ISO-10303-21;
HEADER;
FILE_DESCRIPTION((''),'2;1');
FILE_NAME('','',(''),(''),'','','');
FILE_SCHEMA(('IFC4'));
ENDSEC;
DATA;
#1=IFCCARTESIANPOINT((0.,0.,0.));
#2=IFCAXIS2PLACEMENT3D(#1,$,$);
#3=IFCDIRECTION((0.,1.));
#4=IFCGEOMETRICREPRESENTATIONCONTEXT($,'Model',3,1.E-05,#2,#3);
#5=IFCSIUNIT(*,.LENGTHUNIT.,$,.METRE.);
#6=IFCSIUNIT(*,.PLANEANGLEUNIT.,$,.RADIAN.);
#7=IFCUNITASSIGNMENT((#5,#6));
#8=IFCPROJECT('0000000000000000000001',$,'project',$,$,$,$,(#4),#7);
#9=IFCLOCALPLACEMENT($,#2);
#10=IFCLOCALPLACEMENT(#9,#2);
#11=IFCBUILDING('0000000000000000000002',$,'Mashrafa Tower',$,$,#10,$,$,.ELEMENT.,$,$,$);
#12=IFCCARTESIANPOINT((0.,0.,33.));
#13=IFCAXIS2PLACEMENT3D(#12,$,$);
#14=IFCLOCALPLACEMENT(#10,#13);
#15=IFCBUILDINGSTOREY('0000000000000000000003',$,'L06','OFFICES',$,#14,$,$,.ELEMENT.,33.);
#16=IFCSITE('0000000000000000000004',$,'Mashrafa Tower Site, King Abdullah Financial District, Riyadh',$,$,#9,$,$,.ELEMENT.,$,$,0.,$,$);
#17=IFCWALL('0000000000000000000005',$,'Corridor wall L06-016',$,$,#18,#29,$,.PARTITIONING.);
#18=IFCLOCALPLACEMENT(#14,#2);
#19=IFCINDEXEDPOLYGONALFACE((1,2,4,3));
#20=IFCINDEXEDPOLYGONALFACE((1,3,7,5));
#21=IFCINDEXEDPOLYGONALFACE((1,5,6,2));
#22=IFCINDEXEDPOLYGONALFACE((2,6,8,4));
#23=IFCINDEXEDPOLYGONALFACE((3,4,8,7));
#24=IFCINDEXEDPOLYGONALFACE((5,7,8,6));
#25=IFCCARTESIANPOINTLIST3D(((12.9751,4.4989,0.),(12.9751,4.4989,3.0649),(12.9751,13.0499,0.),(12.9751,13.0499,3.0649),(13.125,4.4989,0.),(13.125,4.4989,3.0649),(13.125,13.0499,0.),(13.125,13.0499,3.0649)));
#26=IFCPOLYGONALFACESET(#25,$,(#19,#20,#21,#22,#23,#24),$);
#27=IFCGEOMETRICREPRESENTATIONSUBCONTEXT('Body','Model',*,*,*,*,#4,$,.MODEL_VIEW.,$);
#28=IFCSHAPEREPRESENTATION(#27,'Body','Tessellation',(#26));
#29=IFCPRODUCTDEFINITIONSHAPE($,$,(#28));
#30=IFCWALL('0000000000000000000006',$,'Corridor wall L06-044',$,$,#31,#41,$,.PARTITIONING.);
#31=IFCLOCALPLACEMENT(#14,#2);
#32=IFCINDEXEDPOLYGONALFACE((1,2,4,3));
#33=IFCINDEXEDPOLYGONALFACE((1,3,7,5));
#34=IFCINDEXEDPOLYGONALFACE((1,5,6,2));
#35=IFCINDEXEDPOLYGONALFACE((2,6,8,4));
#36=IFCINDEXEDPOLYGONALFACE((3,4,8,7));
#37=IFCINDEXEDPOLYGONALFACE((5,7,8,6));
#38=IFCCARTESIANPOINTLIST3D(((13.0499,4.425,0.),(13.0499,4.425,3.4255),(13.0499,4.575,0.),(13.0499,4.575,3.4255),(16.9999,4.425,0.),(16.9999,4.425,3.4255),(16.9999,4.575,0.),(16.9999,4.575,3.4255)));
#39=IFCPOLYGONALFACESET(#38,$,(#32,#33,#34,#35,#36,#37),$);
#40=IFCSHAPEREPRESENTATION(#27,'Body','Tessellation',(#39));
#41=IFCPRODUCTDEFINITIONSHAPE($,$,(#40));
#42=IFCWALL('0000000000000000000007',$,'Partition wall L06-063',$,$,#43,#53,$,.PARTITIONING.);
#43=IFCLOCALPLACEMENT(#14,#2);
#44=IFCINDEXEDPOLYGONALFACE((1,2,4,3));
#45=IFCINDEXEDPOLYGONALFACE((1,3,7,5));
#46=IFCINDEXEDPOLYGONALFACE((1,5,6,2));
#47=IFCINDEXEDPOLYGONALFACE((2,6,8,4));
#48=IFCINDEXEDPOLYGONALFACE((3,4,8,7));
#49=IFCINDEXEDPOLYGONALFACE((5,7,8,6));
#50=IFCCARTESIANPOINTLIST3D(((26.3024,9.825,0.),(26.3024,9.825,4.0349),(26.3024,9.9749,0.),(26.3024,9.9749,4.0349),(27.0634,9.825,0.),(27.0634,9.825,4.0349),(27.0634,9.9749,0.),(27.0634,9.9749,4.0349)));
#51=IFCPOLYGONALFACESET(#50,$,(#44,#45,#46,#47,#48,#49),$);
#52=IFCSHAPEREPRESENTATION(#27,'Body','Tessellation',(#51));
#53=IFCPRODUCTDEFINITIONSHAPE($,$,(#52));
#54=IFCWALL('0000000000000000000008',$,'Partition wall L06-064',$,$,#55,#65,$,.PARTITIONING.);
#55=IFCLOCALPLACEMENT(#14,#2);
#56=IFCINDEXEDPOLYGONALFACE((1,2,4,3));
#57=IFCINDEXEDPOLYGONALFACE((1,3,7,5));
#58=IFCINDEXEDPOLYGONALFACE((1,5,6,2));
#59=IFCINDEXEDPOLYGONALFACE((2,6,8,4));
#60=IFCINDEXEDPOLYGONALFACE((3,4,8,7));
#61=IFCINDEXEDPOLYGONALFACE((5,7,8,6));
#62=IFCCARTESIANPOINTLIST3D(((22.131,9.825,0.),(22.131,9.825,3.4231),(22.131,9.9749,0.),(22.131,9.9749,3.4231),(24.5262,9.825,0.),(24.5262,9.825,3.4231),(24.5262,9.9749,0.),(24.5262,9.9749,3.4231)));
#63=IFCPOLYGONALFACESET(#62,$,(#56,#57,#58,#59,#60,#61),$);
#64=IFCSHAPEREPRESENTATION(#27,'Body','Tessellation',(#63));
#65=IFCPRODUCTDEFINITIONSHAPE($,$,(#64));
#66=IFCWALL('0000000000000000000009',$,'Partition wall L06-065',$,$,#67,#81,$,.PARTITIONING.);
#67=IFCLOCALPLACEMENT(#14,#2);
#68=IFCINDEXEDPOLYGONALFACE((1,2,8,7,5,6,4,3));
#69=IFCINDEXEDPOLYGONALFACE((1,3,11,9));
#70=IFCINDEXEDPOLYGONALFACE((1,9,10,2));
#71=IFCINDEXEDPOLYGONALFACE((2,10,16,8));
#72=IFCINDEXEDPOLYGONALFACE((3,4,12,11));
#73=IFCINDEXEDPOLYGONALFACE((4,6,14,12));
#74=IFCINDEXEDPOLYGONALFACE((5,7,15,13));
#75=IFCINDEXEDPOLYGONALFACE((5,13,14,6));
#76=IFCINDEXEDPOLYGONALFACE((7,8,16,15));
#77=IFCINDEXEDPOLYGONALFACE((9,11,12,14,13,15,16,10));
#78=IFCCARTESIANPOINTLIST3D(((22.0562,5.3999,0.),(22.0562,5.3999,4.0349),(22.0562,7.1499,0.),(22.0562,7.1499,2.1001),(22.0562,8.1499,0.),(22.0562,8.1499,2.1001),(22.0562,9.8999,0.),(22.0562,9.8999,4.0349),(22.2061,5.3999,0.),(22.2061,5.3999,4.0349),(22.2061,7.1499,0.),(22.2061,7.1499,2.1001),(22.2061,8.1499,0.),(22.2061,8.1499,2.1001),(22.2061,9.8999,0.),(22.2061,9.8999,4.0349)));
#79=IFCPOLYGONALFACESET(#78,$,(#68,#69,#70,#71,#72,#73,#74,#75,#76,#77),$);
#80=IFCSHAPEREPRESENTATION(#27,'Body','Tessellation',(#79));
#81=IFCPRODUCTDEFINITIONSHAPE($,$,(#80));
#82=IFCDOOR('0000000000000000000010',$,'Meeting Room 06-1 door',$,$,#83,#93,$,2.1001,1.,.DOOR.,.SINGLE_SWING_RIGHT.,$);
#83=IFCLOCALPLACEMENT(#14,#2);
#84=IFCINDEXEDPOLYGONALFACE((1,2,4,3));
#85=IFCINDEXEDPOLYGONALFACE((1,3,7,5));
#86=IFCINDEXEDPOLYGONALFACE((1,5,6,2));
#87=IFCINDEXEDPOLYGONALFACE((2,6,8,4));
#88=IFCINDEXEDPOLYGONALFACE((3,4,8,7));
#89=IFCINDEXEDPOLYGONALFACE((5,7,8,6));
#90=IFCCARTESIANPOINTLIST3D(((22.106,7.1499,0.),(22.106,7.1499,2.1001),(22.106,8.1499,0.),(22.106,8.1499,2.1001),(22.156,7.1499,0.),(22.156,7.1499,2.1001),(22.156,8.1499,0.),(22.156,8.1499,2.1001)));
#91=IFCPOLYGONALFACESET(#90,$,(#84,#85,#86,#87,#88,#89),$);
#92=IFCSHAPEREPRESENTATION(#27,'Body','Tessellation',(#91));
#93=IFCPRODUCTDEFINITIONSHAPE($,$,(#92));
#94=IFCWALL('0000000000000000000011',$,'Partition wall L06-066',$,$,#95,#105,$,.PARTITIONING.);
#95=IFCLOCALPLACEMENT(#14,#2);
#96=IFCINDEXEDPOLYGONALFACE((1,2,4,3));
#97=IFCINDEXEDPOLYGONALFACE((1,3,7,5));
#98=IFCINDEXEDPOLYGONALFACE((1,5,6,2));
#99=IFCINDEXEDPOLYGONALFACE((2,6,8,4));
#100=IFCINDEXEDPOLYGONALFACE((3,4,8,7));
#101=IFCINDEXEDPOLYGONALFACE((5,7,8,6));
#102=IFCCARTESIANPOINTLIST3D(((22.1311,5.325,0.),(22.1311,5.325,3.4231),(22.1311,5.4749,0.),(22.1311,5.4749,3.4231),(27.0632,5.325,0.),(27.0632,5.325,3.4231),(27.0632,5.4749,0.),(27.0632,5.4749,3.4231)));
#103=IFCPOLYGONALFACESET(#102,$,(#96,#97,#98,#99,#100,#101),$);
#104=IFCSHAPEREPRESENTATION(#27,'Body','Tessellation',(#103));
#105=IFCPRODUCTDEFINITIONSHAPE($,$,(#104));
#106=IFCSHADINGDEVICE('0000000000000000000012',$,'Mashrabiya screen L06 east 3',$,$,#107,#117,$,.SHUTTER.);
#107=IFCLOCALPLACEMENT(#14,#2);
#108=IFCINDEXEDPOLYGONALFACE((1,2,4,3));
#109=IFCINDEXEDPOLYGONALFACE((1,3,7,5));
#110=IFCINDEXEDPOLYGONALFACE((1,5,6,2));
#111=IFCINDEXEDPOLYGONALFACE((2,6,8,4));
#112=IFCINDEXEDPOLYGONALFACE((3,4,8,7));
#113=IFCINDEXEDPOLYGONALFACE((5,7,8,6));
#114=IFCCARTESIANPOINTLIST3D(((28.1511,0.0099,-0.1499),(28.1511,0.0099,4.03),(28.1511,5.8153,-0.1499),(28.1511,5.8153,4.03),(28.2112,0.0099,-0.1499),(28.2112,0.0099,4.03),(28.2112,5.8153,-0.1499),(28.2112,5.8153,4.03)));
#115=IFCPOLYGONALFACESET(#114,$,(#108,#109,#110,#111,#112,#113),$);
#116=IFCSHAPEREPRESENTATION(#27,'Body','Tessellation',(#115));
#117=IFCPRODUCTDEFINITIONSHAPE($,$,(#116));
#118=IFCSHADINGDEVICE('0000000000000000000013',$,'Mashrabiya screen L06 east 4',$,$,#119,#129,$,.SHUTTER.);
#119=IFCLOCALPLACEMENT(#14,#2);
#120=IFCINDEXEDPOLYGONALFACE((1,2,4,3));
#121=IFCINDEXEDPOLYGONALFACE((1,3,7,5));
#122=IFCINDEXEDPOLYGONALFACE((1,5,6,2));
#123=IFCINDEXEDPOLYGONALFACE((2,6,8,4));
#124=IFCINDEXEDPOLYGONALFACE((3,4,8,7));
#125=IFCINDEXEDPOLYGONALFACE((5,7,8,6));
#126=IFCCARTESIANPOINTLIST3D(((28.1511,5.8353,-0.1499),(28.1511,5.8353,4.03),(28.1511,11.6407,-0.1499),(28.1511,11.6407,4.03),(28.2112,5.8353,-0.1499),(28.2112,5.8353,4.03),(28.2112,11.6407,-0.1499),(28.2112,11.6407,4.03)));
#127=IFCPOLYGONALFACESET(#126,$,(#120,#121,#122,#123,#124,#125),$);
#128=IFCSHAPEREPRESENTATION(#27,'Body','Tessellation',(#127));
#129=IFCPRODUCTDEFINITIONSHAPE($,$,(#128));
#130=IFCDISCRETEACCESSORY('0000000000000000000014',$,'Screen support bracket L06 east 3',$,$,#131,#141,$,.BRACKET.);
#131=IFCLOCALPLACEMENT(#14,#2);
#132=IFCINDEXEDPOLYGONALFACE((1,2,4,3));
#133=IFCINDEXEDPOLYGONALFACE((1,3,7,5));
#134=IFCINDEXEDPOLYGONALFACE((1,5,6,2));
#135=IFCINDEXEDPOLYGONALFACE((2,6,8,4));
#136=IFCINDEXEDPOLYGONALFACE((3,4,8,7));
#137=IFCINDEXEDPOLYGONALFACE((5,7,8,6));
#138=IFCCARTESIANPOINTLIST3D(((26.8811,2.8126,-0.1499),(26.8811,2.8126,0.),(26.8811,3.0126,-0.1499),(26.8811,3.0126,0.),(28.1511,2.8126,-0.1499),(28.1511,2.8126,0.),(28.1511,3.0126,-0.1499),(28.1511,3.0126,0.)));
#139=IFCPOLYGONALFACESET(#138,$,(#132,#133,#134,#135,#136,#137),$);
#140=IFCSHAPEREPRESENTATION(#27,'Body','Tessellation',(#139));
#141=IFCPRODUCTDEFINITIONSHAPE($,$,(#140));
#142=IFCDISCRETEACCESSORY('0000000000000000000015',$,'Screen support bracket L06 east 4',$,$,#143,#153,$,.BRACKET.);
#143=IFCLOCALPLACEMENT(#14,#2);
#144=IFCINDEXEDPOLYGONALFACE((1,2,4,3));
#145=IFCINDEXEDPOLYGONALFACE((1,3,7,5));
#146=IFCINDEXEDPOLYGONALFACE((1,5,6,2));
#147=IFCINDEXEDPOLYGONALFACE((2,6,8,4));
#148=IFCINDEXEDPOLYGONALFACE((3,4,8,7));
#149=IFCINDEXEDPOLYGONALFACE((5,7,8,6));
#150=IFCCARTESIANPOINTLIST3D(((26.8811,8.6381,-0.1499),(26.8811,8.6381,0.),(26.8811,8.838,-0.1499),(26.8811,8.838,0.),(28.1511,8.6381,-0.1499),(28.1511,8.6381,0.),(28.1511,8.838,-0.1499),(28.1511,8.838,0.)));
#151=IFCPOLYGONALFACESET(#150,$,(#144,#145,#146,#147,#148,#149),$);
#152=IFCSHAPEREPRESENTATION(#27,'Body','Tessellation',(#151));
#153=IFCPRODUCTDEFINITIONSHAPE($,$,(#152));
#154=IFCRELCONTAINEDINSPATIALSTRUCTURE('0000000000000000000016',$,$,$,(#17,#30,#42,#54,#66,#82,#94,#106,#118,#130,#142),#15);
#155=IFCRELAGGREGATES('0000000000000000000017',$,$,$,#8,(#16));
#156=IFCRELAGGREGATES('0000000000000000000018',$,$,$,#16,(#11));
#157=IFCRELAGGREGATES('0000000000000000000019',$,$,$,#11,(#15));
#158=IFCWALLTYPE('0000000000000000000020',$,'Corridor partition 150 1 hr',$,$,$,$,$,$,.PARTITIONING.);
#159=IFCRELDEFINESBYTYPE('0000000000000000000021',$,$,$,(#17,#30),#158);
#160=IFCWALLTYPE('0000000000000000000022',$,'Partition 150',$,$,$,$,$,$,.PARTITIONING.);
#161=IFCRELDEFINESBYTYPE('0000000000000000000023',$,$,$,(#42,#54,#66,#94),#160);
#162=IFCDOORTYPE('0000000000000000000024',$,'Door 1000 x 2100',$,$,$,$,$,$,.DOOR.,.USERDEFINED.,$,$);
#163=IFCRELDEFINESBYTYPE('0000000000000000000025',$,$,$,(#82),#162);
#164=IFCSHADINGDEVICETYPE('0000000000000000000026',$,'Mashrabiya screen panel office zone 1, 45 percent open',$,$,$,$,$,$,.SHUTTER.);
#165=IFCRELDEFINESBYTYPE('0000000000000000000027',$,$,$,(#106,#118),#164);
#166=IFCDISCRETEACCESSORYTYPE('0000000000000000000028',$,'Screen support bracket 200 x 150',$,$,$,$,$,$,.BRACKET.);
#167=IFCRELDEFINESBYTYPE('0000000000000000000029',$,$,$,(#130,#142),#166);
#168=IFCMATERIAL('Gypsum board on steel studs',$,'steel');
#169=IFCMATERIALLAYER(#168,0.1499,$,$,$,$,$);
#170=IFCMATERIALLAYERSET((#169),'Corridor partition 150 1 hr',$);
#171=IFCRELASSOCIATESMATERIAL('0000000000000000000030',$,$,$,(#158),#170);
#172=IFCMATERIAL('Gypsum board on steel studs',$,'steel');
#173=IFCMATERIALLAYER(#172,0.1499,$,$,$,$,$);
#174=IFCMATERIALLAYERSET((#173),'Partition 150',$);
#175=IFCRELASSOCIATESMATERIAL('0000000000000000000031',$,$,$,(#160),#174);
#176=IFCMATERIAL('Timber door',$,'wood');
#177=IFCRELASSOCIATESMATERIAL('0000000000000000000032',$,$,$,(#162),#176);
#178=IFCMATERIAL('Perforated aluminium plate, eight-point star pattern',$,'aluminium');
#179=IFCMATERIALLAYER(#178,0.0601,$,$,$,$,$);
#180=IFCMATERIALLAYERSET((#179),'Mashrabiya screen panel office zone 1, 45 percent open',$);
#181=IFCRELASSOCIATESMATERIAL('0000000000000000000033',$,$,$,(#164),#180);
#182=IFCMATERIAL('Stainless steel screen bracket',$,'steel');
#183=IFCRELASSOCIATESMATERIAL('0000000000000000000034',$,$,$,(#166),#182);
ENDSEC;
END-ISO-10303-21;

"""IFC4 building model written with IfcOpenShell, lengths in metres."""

from ifc_helpers import new_model, si_unit, direction, frame, frame_2d, origin, origin_2d, place, context, subcontext, project, spatial, rectangle, extrude, source, transform, mapped, material, layer, layer_set, type_object, type_shapes, element, fill, save


model = new_model("IFC4")

# Units and contexts
model_context = context("Model", 3, precision=1e-05, world=origin(), true_north=direction((0.0, 1.0)))
body_context = subcontext(model_context, "Body", "Model", "MODEL_VIEW")
ifc_project = project(units=[si_unit("LENGTHUNIT", "METRE"), si_unit("PLANEANGLEUNIT", "RADIAN")], contexts=[model_context])

# Site, building, storey
site_placement = place(None, origin())
site = spatial("IfcSite", under=ifc_project, at=site_placement, Name="Mashrafa Tower Site, King Abdullah Financial District, Riyadh", CompositionType="ELEMENT", RefElevation=0.0)
building_placement = place(site_placement, origin())
building = spatial("IfcBuilding", under=site, at=building_placement, Name="Mashrafa Tower", CompositionType="ELEMENT")
storey_placement = place(building_placement, frame((0.0, 0.0, 33.0)))
storey = spatial("IfcBuildingStorey", under=building, at=storey_placement, Name="L06", Description="OFFICES", CompositionType="ELEMENT", Elevation=33.0)

# Walls
ifc_material_1 = material(Name="Gypsum board on steel studs", Category="steel")
ifc_layer_1 = layer(ifc_material_1, 0.1499)
ifc_layer_set_1 = layer_set([ifc_layer_1], Name="Corridor partition 150 1 hr")
wall_type_1 = type_object("IfcWallType", Name="Corridor partition 150 1 hr", PredefinedType="PARTITIONING", material=ifc_layer_set_1)
wall_1_placement = place(storey_placement, frame((13.05, 4.499, 0.0), z_axis=(0.0, 0.0, 1.0), x_axis=(0.0, 1.0, 0.0)))
element("IfcWall", 1, at=wall_1_placement, inside=storey, type_object=wall_type_1, Name="Corridor wall L06-016", PredefinedType="PARTITIONING", context=body_context, shape_type="SweptSolid", body=[
    extrude(rectangle(XDim=8.551, YDim=0.1499, at=frame_2d((4.2754, 0.0))), origin(), (0.0, 0.0, 1.0), 3.0649),
])
wall_2_placement = place(storey_placement, frame((17.0, 4.5, 0.0), z_axis=(0.0, 0.0, 1.0), x_axis=(-1.0, 0.0, 0.0)))
element("IfcWall", 2, at=wall_2_placement, inside=storey, type_object=wall_type_1, Name="Corridor wall L06-044", PredefinedType="PARTITIONING", context=body_context, shape_type="SweptSolid", body=[
    extrude(rectangle(XDim=3.95, YDim=0.1499, at=frame_2d((1.9751, 0.0))), origin(), (0.0, 0.0, 1.0), 3.4255),
])
ifc_material_2 = material(Name="Gypsum board on steel studs", Category="steel")
ifc_layer_2 = layer(ifc_material_2, 0.1499)
ifc_layer_set_2 = layer_set([ifc_layer_2], Name="Partition 150")
wall_type_2 = type_object("IfcWallType", Name="Partition 150", PredefinedType="PARTITIONING", material=ifc_layer_set_2)
wall_3_placement = place(storey_placement, frame((27.0632, 9.8999, 0.0), z_axis=(0.0, 0.0, 1.0), x_axis=(-1.0, 0.0, 0.0)))
element("IfcWall", 3, at=wall_3_placement, inside=storey, type_object=wall_type_2, Name="Partition wall L06-063", PredefinedType="PARTITIONING", context=body_context, shape_type="SweptSolid", body=[
    extrude(rectangle(XDim=0.761, YDim=0.1499, at=frame_2d((0.3804, 0.0))), origin(), (0.0, 0.0, 1.0), 4.0349),
])
wall_4_placement = place(storey_placement, frame((24.5264, 9.8999, 0.0), z_axis=(0.0, 0.0, 1.0), x_axis=(-1.0, 0.0, 0.0)))
element("IfcWall", 4, at=wall_4_placement, inside=storey, type_object=wall_type_2, Name="Partition wall L06-064", PredefinedType="PARTITIONING", context=body_context, shape_type="SweptSolid", body=[
    extrude(rectangle(XDim=2.3953, YDim=0.1499, at=frame_2d((1.1978, 0.0))), origin(), (0.0, 0.0, 1.0), 3.4231),
])

# Wall, opening, door
wall_5_placement = place(storey_placement, frame((22.1311, 9.8999, 0.0), z_axis=(0.0, 0.0, 1.0), x_axis=(0.0, -1.0, 0.0)))
wall_5 = element("IfcWall", 5, at=wall_5_placement, inside=storey, type_object=wall_type_2, Name="Partition wall L06-065", PredefinedType="PARTITIONING", context=body_context, shape_type="SweptSolid", body=[
    extrude(rectangle(XDim=4.5, YDim=0.1499, at=frame_2d((2.25, 0.0))), origin(), (0.0, 0.0, 1.0), 4.0349),
])
opening_placement = place(wall_5_placement, frame((1.75, 0.0, 0.0)))
opening = element("IfcOpeningElement", 6, at=opening_placement, cuts=wall_5, PredefinedType="OPENING", context=body_context, shape_type="SweptSolid", body=[
    extrude(rectangle(XDim=1.0, YDim=2.1001, at=frame_2d((0.5, 1.05))), frame((0.0, 0.085, 0.0), z_axis=(0.0, -1.0, 0.0), x_axis=(1.0, 0.0, 0.0)), (0.0, 0.0, 1.0), 0.1699),
])
ifc_material_3 = material(Name="Timber door", Category="wood")
door_type = type_object("IfcDoorType", Name="Door 1000 x 2100", OperationType="USERDEFINED", PredefinedType="DOOR", material=ifc_material_3)
door_placement = place(opening_placement, origin())
door = element("IfcDoor", 7, at=door_placement, inside=storey, type_object=door_type, Name="Meeting Room 06-1 door", OperationType="SINGLE_SWING_RIGHT", OverallHeight=2.1001, OverallWidth=1.0, PredefinedType="DOOR", context=body_context, shape_type="SweptSolid", body=[
    extrude(rectangle(XDim=1.0, YDim=2.1001, at=frame_2d((0.5, 1.05))), frame((0.0, 0.0249, 0.0), z_axis=(0.0, -1.0, 0.0), x_axis=(1.0, 0.0, 0.0)), (0.0, 0.0, 1.0), 0.05),
])
fill(opening, door)

# Wall
wall_6_placement = place(storey_placement, frame((22.1311, 5.3999, 0.0), z_axis=(0.0, 0.0, 1.0), x_axis=(1.0, 0.0, 0.0)))
element("IfcWall", 8, at=wall_6_placement, inside=storey, type_object=wall_type_2, Name="Partition wall L06-066", PredefinedType="PARTITIONING", context=body_context, shape_type="SweptSolid", body=[
    extrude(rectangle(XDim=4.9321, YDim=0.1499, at=frame_2d((2.4661, 0.0))), origin(), (0.0, 0.0, 1.0), 3.4231),
])

# Shading devices
ifc_material_4 = material(Name="Perforated aluminium plate, eight-point star pattern", Category="aluminium")
ifc_layer_3 = layer(ifc_material_4, 0.0601)
ifc_layer_set_3 = layer_set([ifc_layer_3], Name="Mashrabiya screen panel office zone 1, 45 percent open")
shading_device_type = type_object("IfcShadingDeviceType", Name="Mashrabiya screen panel office zone 1, 45 percent open", PredefinedType="SHUTTER", material=ifc_layer_set_3)
shared_shape_1 = source(origin(), body_context, "Body", "SweptSolid", [
    extrude(rectangle(XDim=5.8054, YDim=0.0601, at=origin_2d()), origin(), (0.0, 0.0, 1.0), 4.1799),
])
type_shapes(shading_device_type, [shared_shape_1])
for number, where, z_axis, x_axis, name in (
    (9, (28.1812, 2.9126, -0.1499), (0.0, 0.0, 1.0), (0.0, 1.0, 0.0), "Mashrabiya screen L06 east 3"),
    (10, (28.1812, 8.738, -0.1499), (0.0, 0.0, 1.0), (0.0, 1.0, 0.0), "Mashrabiya screen L06 east 4"),
):
    element("IfcShadingDevice", number, at=place(storey_placement, frame(where, z_axis=z_axis, x_axis=x_axis)), inside=storey, type_object=shading_device_type, Name=name, PredefinedType="SHUTTER", context=body_context, shape_type="MappedRepresentation", body=[
        mapped(shared_shape_1, transform((0.0, 0.0, 0.0))),
    ])

# Discrete accessories
ifc_material_5 = material(Name="Stainless steel screen bracket", Category="steel")
discrete_accessory_type = type_object("IfcDiscreteAccessoryType", Name="Screen support bracket 200 x 150", PredefinedType="BRACKET", material=ifc_material_5)
shared_shape_2 = source(origin(), body_context, "Body", "SweptSolid", [
    extrude(rectangle(XDim=0.2, YDim=1.27, at=origin_2d()), origin(), (0.0, 0.0, 1.0), 0.1499),
])
type_shapes(discrete_accessory_type, [shared_shape_2])
for number, where, z_axis, x_axis, name in (
    (11, (27.5161, 2.9126, -0.1499), (0.0, 0.0, 1.0), (0.0, 1.0, 0.0), "Screen support bracket L06 east 3"),
    (12, (27.5161, 8.738, -0.1499), (0.0, 0.0, 1.0), (0.0, 1.0, 0.0), "Screen support bracket L06 east 4"),
):
    element("IfcDiscreteAccessory", number, at=place(storey_placement, frame(where, z_axis=z_axis, x_axis=x_axis)), inside=storey, type_object=discrete_accessory_type, Name=name, PredefinedType="BRACKET", context=body_context, shape_type="MappedRepresentation", body=[
        mapped(shared_shape_2, transform((0.0, 0.0, 0.0))),
    ])

save(model, "model.ifc")
